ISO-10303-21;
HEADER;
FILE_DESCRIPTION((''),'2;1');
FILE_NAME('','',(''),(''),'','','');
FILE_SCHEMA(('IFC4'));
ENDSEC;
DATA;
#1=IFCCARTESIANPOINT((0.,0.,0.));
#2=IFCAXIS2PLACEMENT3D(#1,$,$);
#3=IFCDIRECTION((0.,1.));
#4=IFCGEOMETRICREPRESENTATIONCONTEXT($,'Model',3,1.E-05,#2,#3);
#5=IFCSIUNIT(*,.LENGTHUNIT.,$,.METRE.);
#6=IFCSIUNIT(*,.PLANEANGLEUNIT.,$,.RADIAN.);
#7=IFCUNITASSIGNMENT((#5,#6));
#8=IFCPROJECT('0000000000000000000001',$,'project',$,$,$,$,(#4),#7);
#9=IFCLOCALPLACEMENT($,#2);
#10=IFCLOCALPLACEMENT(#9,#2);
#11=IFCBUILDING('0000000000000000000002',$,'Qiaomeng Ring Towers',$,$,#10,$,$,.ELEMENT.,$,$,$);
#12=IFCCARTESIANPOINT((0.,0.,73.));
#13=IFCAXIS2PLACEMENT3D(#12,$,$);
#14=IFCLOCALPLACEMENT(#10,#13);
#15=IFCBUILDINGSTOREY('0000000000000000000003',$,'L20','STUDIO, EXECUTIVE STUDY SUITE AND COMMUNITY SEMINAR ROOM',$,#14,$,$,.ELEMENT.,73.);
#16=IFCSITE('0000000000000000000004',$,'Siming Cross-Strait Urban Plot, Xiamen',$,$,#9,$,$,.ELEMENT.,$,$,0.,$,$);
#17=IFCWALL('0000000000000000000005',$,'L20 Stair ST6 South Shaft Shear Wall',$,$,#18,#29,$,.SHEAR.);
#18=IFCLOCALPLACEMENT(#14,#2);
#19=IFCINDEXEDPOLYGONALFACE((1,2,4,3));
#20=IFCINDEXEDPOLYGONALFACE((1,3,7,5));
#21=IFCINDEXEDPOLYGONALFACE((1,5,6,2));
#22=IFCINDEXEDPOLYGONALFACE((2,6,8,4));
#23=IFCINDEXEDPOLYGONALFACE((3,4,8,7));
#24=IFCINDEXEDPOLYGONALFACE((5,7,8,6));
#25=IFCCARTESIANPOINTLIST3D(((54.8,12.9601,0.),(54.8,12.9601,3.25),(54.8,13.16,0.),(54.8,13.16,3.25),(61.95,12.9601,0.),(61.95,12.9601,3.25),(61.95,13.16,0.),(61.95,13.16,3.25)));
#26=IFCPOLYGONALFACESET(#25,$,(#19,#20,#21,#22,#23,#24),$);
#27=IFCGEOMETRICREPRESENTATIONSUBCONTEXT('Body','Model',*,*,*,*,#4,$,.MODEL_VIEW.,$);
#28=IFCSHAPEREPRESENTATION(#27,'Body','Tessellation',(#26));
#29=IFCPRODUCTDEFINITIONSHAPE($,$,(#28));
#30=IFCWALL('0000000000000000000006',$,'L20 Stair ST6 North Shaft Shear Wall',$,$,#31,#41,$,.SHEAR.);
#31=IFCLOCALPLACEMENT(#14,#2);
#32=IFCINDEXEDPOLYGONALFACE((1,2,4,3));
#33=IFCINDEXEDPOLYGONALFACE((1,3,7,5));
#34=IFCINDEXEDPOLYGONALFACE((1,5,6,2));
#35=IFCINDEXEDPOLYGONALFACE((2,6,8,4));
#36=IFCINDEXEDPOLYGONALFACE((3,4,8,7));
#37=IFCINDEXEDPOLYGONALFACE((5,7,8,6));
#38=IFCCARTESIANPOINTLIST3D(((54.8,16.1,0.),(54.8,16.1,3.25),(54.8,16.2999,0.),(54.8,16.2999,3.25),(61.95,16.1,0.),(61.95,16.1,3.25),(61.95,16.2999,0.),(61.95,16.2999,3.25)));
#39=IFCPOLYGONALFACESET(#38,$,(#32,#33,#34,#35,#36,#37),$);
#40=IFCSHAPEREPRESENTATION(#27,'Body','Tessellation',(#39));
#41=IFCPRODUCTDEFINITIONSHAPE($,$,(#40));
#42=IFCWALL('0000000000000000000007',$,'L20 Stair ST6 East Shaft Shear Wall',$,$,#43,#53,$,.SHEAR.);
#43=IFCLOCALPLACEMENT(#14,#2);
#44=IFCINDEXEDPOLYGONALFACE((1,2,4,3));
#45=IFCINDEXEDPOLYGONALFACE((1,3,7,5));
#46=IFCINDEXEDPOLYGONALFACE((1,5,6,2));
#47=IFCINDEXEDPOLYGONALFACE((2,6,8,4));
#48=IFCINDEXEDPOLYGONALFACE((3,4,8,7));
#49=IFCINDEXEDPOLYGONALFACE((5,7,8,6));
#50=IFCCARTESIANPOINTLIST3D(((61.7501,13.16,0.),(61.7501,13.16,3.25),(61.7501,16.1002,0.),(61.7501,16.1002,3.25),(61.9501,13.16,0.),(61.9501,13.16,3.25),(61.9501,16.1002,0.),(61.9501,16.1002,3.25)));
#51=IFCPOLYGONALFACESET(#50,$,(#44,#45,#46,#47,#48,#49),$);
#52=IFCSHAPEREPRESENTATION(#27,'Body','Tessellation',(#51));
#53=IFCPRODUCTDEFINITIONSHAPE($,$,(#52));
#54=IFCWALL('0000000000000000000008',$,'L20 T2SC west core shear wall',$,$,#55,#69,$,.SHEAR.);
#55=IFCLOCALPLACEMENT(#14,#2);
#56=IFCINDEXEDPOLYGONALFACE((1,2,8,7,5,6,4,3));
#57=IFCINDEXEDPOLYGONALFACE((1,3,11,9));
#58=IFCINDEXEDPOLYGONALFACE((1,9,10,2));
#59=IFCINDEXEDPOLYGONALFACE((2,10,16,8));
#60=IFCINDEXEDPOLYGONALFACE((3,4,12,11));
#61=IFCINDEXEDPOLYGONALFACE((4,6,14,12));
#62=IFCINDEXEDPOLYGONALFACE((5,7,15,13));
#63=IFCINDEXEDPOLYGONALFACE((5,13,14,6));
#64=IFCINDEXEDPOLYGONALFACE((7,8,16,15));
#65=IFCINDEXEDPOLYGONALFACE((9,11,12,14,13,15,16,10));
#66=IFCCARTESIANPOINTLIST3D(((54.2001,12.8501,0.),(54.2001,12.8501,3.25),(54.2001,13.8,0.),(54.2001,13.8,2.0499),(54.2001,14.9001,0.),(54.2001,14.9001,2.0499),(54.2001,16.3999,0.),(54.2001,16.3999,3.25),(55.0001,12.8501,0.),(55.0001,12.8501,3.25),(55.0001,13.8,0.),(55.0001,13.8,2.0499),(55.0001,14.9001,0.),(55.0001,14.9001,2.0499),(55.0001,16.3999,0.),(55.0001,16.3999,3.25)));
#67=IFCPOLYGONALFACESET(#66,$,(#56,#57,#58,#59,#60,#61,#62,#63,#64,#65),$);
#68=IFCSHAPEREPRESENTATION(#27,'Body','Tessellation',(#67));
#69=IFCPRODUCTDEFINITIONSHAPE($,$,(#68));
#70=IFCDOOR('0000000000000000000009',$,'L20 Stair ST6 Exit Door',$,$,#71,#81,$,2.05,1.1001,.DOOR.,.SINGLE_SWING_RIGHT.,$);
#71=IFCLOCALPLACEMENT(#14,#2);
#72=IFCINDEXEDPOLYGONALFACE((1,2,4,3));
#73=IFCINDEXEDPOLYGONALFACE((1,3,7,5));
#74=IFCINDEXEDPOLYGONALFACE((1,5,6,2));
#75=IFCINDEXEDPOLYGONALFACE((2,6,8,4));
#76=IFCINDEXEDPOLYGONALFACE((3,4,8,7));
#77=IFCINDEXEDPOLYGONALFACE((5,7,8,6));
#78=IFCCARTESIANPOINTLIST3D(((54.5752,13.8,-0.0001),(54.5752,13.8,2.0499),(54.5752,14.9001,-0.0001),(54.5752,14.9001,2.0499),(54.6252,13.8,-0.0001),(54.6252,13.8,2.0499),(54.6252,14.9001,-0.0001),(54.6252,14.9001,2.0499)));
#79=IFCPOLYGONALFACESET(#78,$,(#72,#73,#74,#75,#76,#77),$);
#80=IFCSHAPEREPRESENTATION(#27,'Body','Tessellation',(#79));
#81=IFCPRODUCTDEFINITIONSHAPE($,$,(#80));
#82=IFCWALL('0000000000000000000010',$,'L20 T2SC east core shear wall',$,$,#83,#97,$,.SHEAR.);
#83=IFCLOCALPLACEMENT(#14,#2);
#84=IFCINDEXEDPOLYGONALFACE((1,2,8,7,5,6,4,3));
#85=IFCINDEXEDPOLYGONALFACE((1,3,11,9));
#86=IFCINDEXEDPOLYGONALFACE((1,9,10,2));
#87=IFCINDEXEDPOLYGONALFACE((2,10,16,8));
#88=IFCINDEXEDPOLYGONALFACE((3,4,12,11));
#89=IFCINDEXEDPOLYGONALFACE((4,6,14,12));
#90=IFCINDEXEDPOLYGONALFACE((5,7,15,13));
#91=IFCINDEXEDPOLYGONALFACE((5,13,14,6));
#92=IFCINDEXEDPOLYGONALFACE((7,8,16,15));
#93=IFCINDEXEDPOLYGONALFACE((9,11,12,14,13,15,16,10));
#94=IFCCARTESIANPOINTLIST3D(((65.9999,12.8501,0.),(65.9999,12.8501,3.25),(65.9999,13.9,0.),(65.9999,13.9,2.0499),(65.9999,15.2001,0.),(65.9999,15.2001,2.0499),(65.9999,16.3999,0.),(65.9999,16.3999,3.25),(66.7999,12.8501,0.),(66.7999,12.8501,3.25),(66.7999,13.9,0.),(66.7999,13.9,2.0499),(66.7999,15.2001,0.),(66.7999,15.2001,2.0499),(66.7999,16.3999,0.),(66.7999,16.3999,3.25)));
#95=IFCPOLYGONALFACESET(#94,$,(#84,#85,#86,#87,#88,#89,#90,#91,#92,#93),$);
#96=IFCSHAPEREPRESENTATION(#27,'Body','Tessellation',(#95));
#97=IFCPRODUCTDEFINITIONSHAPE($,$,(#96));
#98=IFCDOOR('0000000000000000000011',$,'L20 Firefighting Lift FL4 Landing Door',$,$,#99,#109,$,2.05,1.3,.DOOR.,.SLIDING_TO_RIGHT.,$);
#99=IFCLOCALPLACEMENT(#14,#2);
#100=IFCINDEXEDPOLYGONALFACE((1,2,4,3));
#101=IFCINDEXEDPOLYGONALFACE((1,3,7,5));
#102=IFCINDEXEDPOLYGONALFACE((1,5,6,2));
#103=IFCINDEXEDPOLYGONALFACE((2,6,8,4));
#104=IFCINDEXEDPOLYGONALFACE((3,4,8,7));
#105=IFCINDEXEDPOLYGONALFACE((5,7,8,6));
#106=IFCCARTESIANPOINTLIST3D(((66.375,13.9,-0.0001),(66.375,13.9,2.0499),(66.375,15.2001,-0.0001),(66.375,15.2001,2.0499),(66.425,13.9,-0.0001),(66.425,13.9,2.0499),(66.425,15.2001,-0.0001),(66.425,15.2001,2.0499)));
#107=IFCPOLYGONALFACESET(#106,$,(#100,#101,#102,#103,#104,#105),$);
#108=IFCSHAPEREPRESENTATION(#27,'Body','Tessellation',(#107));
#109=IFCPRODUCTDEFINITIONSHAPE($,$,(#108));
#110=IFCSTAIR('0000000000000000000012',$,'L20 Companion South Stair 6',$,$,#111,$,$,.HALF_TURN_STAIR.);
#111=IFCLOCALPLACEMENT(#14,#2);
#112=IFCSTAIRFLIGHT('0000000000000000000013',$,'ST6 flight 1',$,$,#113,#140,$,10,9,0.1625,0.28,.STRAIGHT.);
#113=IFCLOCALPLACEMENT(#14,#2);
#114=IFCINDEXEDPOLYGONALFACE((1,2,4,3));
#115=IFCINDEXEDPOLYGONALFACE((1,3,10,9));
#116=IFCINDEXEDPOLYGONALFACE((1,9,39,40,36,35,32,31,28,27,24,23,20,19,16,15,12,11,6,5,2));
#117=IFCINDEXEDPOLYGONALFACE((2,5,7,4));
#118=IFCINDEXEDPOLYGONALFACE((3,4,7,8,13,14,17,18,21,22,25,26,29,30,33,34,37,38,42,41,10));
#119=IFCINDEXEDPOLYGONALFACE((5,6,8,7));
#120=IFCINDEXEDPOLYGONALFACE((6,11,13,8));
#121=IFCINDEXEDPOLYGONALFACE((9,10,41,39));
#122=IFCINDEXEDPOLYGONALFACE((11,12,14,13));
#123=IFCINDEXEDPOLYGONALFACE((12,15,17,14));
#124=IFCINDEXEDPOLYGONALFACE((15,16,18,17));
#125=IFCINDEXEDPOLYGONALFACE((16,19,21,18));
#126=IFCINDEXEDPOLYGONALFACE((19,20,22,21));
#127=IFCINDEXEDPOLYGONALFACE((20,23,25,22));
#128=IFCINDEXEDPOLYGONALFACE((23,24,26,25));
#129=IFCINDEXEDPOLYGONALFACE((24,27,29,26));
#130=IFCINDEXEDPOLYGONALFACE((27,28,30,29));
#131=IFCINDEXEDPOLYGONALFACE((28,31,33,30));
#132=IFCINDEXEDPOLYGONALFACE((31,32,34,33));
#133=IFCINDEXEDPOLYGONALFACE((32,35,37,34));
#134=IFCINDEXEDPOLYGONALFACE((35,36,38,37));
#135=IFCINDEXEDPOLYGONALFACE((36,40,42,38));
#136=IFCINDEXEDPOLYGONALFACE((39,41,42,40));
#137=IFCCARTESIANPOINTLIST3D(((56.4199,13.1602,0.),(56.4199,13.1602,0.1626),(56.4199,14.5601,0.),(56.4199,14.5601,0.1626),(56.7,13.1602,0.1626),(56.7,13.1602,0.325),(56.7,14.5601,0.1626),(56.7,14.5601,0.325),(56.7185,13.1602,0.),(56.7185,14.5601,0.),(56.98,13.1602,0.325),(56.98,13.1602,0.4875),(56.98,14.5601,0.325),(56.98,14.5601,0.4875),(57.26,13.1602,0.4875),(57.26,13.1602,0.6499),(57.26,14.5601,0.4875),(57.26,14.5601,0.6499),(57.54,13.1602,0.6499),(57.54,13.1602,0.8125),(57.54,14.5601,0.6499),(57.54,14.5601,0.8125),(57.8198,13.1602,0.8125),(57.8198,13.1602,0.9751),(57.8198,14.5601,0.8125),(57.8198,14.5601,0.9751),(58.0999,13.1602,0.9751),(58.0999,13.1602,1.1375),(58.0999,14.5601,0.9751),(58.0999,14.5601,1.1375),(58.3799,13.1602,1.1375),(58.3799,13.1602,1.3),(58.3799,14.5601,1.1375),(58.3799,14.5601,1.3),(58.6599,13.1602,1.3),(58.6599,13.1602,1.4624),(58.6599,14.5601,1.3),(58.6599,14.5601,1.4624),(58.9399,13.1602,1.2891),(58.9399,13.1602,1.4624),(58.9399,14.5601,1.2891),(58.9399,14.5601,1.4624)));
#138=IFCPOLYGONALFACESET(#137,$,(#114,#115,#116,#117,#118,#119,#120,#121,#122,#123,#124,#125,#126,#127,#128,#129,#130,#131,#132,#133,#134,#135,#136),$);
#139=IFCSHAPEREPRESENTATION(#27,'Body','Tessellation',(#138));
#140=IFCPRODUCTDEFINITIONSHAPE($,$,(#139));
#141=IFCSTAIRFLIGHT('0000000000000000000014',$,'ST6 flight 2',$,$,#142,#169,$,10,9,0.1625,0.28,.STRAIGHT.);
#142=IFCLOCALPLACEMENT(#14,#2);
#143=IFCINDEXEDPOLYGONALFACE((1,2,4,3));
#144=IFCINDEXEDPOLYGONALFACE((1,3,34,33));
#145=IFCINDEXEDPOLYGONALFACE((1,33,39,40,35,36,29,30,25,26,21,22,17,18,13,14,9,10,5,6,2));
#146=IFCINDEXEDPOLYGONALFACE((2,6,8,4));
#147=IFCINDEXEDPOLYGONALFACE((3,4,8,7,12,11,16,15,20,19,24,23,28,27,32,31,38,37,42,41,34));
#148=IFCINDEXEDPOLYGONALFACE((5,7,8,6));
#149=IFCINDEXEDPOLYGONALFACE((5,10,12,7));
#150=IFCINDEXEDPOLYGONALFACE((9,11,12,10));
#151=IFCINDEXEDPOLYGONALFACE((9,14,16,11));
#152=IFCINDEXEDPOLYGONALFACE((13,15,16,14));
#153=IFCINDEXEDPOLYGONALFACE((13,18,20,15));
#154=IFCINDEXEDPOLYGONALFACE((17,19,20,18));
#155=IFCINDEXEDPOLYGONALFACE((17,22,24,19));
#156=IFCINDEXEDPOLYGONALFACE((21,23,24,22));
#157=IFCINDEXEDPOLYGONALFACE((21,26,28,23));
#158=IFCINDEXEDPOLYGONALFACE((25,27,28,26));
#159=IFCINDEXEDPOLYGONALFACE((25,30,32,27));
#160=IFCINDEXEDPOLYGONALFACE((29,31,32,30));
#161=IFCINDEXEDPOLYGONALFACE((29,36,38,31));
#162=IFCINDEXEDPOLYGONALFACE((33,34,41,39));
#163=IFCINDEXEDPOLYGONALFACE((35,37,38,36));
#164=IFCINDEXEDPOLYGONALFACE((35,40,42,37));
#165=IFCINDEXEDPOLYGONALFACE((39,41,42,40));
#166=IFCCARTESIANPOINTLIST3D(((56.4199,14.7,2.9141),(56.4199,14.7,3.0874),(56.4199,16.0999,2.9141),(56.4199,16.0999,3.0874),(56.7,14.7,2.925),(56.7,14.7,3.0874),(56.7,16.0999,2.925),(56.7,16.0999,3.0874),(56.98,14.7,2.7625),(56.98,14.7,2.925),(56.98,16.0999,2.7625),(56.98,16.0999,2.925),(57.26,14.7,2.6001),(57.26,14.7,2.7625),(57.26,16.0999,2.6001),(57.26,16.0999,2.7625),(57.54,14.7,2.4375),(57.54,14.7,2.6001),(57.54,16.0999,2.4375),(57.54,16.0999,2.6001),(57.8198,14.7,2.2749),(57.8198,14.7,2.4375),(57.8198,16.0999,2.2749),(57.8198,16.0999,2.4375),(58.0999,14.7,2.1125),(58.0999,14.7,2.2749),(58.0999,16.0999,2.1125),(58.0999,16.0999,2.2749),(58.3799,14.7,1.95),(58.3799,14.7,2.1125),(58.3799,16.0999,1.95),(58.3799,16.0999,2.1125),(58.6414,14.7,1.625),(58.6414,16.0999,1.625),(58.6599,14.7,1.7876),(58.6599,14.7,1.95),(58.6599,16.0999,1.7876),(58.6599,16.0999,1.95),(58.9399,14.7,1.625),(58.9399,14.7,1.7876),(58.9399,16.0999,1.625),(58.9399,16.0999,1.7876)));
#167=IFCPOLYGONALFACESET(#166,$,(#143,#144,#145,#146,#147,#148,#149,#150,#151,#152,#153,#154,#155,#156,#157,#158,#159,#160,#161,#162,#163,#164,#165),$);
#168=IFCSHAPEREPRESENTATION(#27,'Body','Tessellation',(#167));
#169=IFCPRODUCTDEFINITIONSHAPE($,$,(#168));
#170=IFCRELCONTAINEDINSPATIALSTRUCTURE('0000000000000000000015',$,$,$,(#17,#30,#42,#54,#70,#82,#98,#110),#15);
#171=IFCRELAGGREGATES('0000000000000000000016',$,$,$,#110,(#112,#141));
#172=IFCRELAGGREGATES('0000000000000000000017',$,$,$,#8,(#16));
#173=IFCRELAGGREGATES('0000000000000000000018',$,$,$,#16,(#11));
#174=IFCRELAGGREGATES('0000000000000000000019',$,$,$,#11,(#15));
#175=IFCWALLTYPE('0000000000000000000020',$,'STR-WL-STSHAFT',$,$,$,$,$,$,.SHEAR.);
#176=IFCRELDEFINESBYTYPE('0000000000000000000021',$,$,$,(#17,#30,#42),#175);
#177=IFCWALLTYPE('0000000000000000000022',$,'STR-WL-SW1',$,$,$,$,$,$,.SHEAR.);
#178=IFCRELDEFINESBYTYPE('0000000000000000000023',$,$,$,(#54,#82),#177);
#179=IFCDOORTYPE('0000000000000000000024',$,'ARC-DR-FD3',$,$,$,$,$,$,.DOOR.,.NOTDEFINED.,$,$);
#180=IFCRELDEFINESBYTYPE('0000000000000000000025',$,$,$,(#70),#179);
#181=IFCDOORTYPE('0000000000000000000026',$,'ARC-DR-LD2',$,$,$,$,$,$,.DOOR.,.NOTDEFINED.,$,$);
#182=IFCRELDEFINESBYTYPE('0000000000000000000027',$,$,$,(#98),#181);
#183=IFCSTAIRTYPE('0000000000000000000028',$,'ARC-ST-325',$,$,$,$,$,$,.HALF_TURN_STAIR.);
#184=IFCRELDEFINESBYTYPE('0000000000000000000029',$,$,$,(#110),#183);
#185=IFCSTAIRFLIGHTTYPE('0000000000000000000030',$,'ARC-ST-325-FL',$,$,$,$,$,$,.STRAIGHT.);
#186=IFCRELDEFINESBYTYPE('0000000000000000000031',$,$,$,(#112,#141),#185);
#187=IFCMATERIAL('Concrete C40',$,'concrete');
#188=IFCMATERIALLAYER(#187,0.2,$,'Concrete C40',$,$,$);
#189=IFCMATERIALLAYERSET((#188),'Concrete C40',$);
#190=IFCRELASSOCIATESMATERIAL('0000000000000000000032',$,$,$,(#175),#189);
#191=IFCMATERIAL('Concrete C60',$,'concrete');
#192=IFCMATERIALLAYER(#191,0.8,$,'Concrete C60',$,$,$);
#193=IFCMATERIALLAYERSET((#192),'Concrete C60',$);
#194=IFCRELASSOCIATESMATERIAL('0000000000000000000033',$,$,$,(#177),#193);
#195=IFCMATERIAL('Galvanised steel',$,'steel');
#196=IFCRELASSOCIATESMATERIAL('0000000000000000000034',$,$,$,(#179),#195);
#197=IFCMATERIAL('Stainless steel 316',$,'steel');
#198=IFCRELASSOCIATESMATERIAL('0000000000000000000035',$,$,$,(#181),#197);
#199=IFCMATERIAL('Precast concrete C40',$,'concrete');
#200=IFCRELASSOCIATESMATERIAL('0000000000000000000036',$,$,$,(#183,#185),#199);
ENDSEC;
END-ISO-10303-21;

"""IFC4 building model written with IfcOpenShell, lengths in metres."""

from ifc_helpers import new_model, si_unit, direction, frame, frame_2d, origin, place, context, subcontext, project, spatial, polyline, rectangle, outline, extrude, source, transform, mapped, material, layer, layer_set, type_object, element, fill, aggregate, save


model = new_model("IFC4")

# Units and contexts
model_context = context("Model", 3, precision=1e-05, world=origin(), true_north=direction((0.0, 1.0)))
body_context = subcontext(model_context, "Body", "Model", "MODEL_VIEW")
ifc_project = project(units=[si_unit("LENGTHUNIT", "METRE"), si_unit("PLANEANGLEUNIT", "RADIAN")], contexts=[model_context])

# Site, building, storey
site_placement = place(None, origin())
site = spatial("IfcSite", under=ifc_project, at=site_placement, Name="Siming Cross-Strait Urban Plot, Xiamen", CompositionType="ELEMENT", RefElevation=0.0)
building_placement = place(site_placement, origin())
building = spatial("IfcBuilding", under=site, at=building_placement, Name="Qiaomeng Ring Towers", CompositionType="ELEMENT")
storey_placement = place(building_placement, frame((0.0, 0.0, 73.0)))
storey = spatial("IfcBuildingStorey", under=building, at=storey_placement, Name="L20", Description="STUDIO, EXECUTIVE STUDY SUITE AND COMMUNITY SEMINAR ROOM", CompositionType="ELEMENT", Elevation=73.0)

# Walls
ifc_material_1 = material(Name="Concrete C40", Category="concrete")
ifc_layer_1 = layer(ifc_material_1, 0.2, Name="Concrete C40")
ifc_layer_set_1 = layer_set([ifc_layer_1], Name="Concrete C40")
wall_type_1 = type_object("IfcWallType", Name="STR-WL-STSHAFT", PredefinedType="SHEAR", material=ifc_layer_set_1)
for number, where, z_axis, x_axis, name in (
    (1, (54.8, 13.0601, 0.0), (0.0, 0.0, 1.0), (1.0, 0.0, 0.0), "L20 Stair ST6 South Shaft Shear Wall"),
    (2, (54.8, 16.2, 0.0), (0.0, 0.0, 1.0), (1.0, 0.0, 0.0), "L20 Stair ST6 North Shaft Shear Wall"),
):
    element("IfcWall", number, at=place(storey_placement, frame(where, z_axis=z_axis, x_axis=x_axis)), inside=storey, type_object=wall_type_1, Name=name, PredefinedType="SHEAR", context=body_context, shape_type="SweptSolid", body=[
        extrude(rectangle(XDim=7.1499, YDim=0.2, at=frame_2d((3.575, 0.0))), origin(), (0.0, 0.0, 1.0), 3.25),
    ])
wall_1_placement = place(storey_placement, frame((61.8501, 13.1599, 0.0), z_axis=(0.0, 0.0, 1.0), x_axis=(0.0, 1.0, 0.0)))
element("IfcWall", 3, at=wall_1_placement, inside=storey, type_object=wall_type_1, Name="L20 Stair ST6 East Shaft Shear Wall", PredefinedType="SHEAR", context=body_context, shape_type="SweptSolid", body=[
    extrude(rectangle(XDim=2.9402, YDim=0.2, at=frame_2d((1.4702, 0.0))), origin(), (0.0, 0.0, 1.0), 3.25),
])

# Walls, openings, doors
ifc_material_2 = material(Name="Concrete C60", Category="concrete")
ifc_layer_2 = layer(ifc_material_2, 0.8, Name="Concrete C60")
ifc_layer_set_2 = layer_set([ifc_layer_2], Name="Concrete C60")
wall_type_2 = type_object("IfcWallType", Name="STR-WL-SW1", PredefinedType="SHEAR", material=ifc_layer_set_2)
wall_2_placement = place(storey_placement, frame((54.6001, 12.8501, 0.0), z_axis=(0.0, 0.0, 1.0), x_axis=(0.0, 1.0, 0.0)))
wall_2 = element("IfcWall", 4, at=wall_2_placement, inside=storey, type_object=wall_type_2, Name="L20 T2SC west core shear wall", PredefinedType="SHEAR", context=body_context, shape_type="SweptSolid", body=[
    extrude(rectangle(XDim=3.5498, YDim=0.8, at=frame_2d((1.7749, 0.0))), origin(), (0.0, 0.0, 1.0), 3.25),
])
opening_1_placement = place(wall_2_placement, frame((0.95, 0.0, 0.0)))
opening_1 = element("IfcOpeningElement", 5, at=opening_1_placement, cuts=wall_2, PredefinedType="OPENING", context=body_context, shape_type="SweptSolid", body=[
    extrude(rectangle(XDim=1.1001, YDim=2.05, at=frame_2d((0.55, 1.0249))), frame((0.0, 0.4099, 0.0), z_axis=(0.0, -1.0, 0.0), x_axis=(1.0, 0.0, 0.0)), (0.0, 0.0, 1.0), 0.8201),
])
ifc_material_3 = material(Name="Galvanised steel", Category="steel")
door_type_1 = type_object("IfcDoorType", Name="ARC-DR-FD3", OperationType="NOTDEFINED", PredefinedType="DOOR", material=ifc_material_3)
shared_shape_1 = source(origin(), body_context, "Body", "SweptSolid", [
    extrude(rectangle(XDim=1.1001, YDim=2.05, at=frame_2d((0.55, 1.0249))), frame((0.0, 0.0249, 0.0), z_axis=(0.0, -1.0, 0.0), x_axis=(1.0, 0.0, 0.0)), (0.0, 0.0, 1.0), 0.05),
])
door_1_placement = place(opening_1_placement, origin())
door_1 = element("IfcDoor", 6, at=door_1_placement, inside=storey, type_object=door_type_1, Name="L20 Stair ST6 Exit Door", OperationType="SINGLE_SWING_RIGHT", OverallHeight=2.05, OverallWidth=1.1001, PredefinedType="DOOR", context=body_context, shape_type="MappedRepresentation", body=[
    mapped(shared_shape_1, transform((0.0, 0.0, 0.0), x_axis=(1.0, 0.0, 0.0), y_axis=(0.0, 1.0, 0.0), z_axis=(0.0, 0.0, 1.0), scale=1.0)),
])
fill(opening_1, door_1)
wall_3_placement = place(storey_placement, frame((66.3999, 12.8501, 0.0), z_axis=(0.0, 0.0, 1.0), x_axis=(0.0, 1.0, 0.0)))
wall_3 = element("IfcWall", 7, at=wall_3_placement, inside=storey, type_object=wall_type_2, Name="L20 T2SC east core shear wall", PredefinedType="SHEAR", context=body_context, shape_type="SweptSolid", body=[
    extrude(rectangle(XDim=3.5498, YDim=0.8, at=frame_2d((1.7749, 0.0))), origin(), (0.0, 0.0, 1.0), 3.25),
])
opening_2_placement = place(wall_3_placement, frame((1.05, 0.0, 0.0)))
opening_2 = element("IfcOpeningElement", 8, at=opening_2_placement, cuts=wall_3, PredefinedType="OPENING", context=body_context, shape_type="SweptSolid", body=[
    extrude(rectangle(XDim=1.3, YDim=2.05, at=frame_2d((0.6499, 1.0249))), frame((0.0, 0.4099, 0.0), z_axis=(0.0, -1.0, 0.0), x_axis=(1.0, 0.0, 0.0)), (0.0, 0.0, 1.0), 0.8201),
])
ifc_material_4 = material(Name="Stainless steel 316", Category="steel")
door_type_2 = type_object("IfcDoorType", Name="ARC-DR-LD2", OperationType="NOTDEFINED", PredefinedType="DOOR", material=ifc_material_4)
shared_shape_2 = source(origin(), body_context, "Body", "SweptSolid", [
    extrude(rectangle(XDim=1.3, YDim=2.05, at=frame_2d((0.6499, 1.0249))), frame((0.0, 0.0249, 0.0), z_axis=(0.0, -1.0, 0.0), x_axis=(1.0, 0.0, 0.0)), (0.0, 0.0, 1.0), 0.05),
])
door_2_placement = place(opening_2_placement, origin())
door_2 = element("IfcDoor", 9, at=door_2_placement, inside=storey, type_object=door_type_2, Name="L20 Firefighting Lift FL4 Landing Door", OperationType="SLIDING_TO_RIGHT", OverallHeight=2.05, OverallWidth=1.3, PredefinedType="DOOR", context=body_context, shape_type="MappedRepresentation", body=[
    mapped(shared_shape_2, transform((0.0, 0.0, 0.0), x_axis=(1.0, 0.0, 0.0), y_axis=(0.0, 1.0, 0.0), z_axis=(0.0, 0.0, 1.0), scale=1.0)),
])
fill(opening_2, door_2)

# Stair, stair flights
ifc_material_5 = material(Name="Precast concrete C40", Category="concrete")
stair_type = type_object("IfcStairType", Name="ARC-ST-325", PredefinedType="HALF_TURN_STAIR", material=ifc_material_5)
stair_placement = place(storey_placement, origin())
stair = element("IfcStair", 10, at=stair_placement, inside=storey, type_object=stair_type, Name="L20 Companion South Stair 6", PredefinedType="HALF_TURN_STAIR")
stair_flight_type = type_object("IfcStairFlightType", Name="ARC-ST-325-FL", PredefinedType="STRAIGHT", material=ifc_material_5)
shared_shape_3 = source(origin(), body_context, "Body", "SweptSolid", [
    extrude(outline(polyline([(0.0, 0.0), (0.0, 0.1626), (0.28, 0.1626), (0.28, 0.325), (0.5601, 0.325), (0.5601, 0.4875), (0.8401, 0.4875), (0.8401, 0.6499), (1.1201, 0.6499), (1.1201, 0.8125), (1.3999, 0.8125), (1.3999, 0.9751), (1.6799, 0.9751), (1.6799, 1.1375), (1.96, 1.1375), (1.96, 1.3), (2.24, 1.3), (2.24, 1.4624), (2.52, 1.4624), (2.52, 1.625), (2.52, 1.2891), (0.2986, 0.0), (0.0, 0.0)])), frame((0.0, 0.7, 0.0), z_axis=(0.0, -1.0, 0.0), x_axis=(1.0, 0.0, 0.0)), (0.0, 0.0, 1.0), 1.3999),
])
stair_flight_1_placement = place(storey_placement, frame((56.4199, 13.8601, 0.0), z_axis=(0.0, 0.0, 1.0), x_axis=(1.0, 0.0, 0.0)))
stair_flight_1 = element("IfcStairFlight", 11, at=stair_flight_1_placement, type_object=stair_flight_type, Name="ST6 flight 1", NumberOfRisers=10, NumberOfTreads=9, PredefinedType="STRAIGHT", RiserHeight=0.1625, TreadLength=0.28, context=body_context, shape_type="MappedRepresentation", body=[
    mapped(shared_shape_3, transform((0.0, 0.0, 0.0), x_axis=(1.0, 0.0, 0.0), y_axis=(0.0, 1.0, 0.0), z_axis=(0.0, 0.0, 1.0), scale=1.0)),
])
stair_flight_2_placement = place(storey_placement, frame((58.9399, 15.3999, 1.625), z_axis=(0.0, 0.0, 1.0), x_axis=(-1.0, 0.0, 0.0)))
stair_flight_2 = element("IfcStairFlight", 12, at=stair_flight_2_placement, type_object=stair_flight_type, Name="ST6 flight 2", NumberOfRisers=10, NumberOfTreads=9, PredefinedType="STRAIGHT", RiserHeight=0.1625, TreadLength=0.28, context=body_context, shape_type="MappedRepresentation", body=[
    mapped(shared_shape_3, transform((0.0, 0.0, 0.0), x_axis=(1.0, 0.0, 0.0), y_axis=(0.0, 1.0, 0.0), z_axis=(0.0, 0.0, 1.0), scale=1.0)),
])
aggregate(stair, [stair_flight_1, stair_flight_2])

save(model, "model.ifc")
